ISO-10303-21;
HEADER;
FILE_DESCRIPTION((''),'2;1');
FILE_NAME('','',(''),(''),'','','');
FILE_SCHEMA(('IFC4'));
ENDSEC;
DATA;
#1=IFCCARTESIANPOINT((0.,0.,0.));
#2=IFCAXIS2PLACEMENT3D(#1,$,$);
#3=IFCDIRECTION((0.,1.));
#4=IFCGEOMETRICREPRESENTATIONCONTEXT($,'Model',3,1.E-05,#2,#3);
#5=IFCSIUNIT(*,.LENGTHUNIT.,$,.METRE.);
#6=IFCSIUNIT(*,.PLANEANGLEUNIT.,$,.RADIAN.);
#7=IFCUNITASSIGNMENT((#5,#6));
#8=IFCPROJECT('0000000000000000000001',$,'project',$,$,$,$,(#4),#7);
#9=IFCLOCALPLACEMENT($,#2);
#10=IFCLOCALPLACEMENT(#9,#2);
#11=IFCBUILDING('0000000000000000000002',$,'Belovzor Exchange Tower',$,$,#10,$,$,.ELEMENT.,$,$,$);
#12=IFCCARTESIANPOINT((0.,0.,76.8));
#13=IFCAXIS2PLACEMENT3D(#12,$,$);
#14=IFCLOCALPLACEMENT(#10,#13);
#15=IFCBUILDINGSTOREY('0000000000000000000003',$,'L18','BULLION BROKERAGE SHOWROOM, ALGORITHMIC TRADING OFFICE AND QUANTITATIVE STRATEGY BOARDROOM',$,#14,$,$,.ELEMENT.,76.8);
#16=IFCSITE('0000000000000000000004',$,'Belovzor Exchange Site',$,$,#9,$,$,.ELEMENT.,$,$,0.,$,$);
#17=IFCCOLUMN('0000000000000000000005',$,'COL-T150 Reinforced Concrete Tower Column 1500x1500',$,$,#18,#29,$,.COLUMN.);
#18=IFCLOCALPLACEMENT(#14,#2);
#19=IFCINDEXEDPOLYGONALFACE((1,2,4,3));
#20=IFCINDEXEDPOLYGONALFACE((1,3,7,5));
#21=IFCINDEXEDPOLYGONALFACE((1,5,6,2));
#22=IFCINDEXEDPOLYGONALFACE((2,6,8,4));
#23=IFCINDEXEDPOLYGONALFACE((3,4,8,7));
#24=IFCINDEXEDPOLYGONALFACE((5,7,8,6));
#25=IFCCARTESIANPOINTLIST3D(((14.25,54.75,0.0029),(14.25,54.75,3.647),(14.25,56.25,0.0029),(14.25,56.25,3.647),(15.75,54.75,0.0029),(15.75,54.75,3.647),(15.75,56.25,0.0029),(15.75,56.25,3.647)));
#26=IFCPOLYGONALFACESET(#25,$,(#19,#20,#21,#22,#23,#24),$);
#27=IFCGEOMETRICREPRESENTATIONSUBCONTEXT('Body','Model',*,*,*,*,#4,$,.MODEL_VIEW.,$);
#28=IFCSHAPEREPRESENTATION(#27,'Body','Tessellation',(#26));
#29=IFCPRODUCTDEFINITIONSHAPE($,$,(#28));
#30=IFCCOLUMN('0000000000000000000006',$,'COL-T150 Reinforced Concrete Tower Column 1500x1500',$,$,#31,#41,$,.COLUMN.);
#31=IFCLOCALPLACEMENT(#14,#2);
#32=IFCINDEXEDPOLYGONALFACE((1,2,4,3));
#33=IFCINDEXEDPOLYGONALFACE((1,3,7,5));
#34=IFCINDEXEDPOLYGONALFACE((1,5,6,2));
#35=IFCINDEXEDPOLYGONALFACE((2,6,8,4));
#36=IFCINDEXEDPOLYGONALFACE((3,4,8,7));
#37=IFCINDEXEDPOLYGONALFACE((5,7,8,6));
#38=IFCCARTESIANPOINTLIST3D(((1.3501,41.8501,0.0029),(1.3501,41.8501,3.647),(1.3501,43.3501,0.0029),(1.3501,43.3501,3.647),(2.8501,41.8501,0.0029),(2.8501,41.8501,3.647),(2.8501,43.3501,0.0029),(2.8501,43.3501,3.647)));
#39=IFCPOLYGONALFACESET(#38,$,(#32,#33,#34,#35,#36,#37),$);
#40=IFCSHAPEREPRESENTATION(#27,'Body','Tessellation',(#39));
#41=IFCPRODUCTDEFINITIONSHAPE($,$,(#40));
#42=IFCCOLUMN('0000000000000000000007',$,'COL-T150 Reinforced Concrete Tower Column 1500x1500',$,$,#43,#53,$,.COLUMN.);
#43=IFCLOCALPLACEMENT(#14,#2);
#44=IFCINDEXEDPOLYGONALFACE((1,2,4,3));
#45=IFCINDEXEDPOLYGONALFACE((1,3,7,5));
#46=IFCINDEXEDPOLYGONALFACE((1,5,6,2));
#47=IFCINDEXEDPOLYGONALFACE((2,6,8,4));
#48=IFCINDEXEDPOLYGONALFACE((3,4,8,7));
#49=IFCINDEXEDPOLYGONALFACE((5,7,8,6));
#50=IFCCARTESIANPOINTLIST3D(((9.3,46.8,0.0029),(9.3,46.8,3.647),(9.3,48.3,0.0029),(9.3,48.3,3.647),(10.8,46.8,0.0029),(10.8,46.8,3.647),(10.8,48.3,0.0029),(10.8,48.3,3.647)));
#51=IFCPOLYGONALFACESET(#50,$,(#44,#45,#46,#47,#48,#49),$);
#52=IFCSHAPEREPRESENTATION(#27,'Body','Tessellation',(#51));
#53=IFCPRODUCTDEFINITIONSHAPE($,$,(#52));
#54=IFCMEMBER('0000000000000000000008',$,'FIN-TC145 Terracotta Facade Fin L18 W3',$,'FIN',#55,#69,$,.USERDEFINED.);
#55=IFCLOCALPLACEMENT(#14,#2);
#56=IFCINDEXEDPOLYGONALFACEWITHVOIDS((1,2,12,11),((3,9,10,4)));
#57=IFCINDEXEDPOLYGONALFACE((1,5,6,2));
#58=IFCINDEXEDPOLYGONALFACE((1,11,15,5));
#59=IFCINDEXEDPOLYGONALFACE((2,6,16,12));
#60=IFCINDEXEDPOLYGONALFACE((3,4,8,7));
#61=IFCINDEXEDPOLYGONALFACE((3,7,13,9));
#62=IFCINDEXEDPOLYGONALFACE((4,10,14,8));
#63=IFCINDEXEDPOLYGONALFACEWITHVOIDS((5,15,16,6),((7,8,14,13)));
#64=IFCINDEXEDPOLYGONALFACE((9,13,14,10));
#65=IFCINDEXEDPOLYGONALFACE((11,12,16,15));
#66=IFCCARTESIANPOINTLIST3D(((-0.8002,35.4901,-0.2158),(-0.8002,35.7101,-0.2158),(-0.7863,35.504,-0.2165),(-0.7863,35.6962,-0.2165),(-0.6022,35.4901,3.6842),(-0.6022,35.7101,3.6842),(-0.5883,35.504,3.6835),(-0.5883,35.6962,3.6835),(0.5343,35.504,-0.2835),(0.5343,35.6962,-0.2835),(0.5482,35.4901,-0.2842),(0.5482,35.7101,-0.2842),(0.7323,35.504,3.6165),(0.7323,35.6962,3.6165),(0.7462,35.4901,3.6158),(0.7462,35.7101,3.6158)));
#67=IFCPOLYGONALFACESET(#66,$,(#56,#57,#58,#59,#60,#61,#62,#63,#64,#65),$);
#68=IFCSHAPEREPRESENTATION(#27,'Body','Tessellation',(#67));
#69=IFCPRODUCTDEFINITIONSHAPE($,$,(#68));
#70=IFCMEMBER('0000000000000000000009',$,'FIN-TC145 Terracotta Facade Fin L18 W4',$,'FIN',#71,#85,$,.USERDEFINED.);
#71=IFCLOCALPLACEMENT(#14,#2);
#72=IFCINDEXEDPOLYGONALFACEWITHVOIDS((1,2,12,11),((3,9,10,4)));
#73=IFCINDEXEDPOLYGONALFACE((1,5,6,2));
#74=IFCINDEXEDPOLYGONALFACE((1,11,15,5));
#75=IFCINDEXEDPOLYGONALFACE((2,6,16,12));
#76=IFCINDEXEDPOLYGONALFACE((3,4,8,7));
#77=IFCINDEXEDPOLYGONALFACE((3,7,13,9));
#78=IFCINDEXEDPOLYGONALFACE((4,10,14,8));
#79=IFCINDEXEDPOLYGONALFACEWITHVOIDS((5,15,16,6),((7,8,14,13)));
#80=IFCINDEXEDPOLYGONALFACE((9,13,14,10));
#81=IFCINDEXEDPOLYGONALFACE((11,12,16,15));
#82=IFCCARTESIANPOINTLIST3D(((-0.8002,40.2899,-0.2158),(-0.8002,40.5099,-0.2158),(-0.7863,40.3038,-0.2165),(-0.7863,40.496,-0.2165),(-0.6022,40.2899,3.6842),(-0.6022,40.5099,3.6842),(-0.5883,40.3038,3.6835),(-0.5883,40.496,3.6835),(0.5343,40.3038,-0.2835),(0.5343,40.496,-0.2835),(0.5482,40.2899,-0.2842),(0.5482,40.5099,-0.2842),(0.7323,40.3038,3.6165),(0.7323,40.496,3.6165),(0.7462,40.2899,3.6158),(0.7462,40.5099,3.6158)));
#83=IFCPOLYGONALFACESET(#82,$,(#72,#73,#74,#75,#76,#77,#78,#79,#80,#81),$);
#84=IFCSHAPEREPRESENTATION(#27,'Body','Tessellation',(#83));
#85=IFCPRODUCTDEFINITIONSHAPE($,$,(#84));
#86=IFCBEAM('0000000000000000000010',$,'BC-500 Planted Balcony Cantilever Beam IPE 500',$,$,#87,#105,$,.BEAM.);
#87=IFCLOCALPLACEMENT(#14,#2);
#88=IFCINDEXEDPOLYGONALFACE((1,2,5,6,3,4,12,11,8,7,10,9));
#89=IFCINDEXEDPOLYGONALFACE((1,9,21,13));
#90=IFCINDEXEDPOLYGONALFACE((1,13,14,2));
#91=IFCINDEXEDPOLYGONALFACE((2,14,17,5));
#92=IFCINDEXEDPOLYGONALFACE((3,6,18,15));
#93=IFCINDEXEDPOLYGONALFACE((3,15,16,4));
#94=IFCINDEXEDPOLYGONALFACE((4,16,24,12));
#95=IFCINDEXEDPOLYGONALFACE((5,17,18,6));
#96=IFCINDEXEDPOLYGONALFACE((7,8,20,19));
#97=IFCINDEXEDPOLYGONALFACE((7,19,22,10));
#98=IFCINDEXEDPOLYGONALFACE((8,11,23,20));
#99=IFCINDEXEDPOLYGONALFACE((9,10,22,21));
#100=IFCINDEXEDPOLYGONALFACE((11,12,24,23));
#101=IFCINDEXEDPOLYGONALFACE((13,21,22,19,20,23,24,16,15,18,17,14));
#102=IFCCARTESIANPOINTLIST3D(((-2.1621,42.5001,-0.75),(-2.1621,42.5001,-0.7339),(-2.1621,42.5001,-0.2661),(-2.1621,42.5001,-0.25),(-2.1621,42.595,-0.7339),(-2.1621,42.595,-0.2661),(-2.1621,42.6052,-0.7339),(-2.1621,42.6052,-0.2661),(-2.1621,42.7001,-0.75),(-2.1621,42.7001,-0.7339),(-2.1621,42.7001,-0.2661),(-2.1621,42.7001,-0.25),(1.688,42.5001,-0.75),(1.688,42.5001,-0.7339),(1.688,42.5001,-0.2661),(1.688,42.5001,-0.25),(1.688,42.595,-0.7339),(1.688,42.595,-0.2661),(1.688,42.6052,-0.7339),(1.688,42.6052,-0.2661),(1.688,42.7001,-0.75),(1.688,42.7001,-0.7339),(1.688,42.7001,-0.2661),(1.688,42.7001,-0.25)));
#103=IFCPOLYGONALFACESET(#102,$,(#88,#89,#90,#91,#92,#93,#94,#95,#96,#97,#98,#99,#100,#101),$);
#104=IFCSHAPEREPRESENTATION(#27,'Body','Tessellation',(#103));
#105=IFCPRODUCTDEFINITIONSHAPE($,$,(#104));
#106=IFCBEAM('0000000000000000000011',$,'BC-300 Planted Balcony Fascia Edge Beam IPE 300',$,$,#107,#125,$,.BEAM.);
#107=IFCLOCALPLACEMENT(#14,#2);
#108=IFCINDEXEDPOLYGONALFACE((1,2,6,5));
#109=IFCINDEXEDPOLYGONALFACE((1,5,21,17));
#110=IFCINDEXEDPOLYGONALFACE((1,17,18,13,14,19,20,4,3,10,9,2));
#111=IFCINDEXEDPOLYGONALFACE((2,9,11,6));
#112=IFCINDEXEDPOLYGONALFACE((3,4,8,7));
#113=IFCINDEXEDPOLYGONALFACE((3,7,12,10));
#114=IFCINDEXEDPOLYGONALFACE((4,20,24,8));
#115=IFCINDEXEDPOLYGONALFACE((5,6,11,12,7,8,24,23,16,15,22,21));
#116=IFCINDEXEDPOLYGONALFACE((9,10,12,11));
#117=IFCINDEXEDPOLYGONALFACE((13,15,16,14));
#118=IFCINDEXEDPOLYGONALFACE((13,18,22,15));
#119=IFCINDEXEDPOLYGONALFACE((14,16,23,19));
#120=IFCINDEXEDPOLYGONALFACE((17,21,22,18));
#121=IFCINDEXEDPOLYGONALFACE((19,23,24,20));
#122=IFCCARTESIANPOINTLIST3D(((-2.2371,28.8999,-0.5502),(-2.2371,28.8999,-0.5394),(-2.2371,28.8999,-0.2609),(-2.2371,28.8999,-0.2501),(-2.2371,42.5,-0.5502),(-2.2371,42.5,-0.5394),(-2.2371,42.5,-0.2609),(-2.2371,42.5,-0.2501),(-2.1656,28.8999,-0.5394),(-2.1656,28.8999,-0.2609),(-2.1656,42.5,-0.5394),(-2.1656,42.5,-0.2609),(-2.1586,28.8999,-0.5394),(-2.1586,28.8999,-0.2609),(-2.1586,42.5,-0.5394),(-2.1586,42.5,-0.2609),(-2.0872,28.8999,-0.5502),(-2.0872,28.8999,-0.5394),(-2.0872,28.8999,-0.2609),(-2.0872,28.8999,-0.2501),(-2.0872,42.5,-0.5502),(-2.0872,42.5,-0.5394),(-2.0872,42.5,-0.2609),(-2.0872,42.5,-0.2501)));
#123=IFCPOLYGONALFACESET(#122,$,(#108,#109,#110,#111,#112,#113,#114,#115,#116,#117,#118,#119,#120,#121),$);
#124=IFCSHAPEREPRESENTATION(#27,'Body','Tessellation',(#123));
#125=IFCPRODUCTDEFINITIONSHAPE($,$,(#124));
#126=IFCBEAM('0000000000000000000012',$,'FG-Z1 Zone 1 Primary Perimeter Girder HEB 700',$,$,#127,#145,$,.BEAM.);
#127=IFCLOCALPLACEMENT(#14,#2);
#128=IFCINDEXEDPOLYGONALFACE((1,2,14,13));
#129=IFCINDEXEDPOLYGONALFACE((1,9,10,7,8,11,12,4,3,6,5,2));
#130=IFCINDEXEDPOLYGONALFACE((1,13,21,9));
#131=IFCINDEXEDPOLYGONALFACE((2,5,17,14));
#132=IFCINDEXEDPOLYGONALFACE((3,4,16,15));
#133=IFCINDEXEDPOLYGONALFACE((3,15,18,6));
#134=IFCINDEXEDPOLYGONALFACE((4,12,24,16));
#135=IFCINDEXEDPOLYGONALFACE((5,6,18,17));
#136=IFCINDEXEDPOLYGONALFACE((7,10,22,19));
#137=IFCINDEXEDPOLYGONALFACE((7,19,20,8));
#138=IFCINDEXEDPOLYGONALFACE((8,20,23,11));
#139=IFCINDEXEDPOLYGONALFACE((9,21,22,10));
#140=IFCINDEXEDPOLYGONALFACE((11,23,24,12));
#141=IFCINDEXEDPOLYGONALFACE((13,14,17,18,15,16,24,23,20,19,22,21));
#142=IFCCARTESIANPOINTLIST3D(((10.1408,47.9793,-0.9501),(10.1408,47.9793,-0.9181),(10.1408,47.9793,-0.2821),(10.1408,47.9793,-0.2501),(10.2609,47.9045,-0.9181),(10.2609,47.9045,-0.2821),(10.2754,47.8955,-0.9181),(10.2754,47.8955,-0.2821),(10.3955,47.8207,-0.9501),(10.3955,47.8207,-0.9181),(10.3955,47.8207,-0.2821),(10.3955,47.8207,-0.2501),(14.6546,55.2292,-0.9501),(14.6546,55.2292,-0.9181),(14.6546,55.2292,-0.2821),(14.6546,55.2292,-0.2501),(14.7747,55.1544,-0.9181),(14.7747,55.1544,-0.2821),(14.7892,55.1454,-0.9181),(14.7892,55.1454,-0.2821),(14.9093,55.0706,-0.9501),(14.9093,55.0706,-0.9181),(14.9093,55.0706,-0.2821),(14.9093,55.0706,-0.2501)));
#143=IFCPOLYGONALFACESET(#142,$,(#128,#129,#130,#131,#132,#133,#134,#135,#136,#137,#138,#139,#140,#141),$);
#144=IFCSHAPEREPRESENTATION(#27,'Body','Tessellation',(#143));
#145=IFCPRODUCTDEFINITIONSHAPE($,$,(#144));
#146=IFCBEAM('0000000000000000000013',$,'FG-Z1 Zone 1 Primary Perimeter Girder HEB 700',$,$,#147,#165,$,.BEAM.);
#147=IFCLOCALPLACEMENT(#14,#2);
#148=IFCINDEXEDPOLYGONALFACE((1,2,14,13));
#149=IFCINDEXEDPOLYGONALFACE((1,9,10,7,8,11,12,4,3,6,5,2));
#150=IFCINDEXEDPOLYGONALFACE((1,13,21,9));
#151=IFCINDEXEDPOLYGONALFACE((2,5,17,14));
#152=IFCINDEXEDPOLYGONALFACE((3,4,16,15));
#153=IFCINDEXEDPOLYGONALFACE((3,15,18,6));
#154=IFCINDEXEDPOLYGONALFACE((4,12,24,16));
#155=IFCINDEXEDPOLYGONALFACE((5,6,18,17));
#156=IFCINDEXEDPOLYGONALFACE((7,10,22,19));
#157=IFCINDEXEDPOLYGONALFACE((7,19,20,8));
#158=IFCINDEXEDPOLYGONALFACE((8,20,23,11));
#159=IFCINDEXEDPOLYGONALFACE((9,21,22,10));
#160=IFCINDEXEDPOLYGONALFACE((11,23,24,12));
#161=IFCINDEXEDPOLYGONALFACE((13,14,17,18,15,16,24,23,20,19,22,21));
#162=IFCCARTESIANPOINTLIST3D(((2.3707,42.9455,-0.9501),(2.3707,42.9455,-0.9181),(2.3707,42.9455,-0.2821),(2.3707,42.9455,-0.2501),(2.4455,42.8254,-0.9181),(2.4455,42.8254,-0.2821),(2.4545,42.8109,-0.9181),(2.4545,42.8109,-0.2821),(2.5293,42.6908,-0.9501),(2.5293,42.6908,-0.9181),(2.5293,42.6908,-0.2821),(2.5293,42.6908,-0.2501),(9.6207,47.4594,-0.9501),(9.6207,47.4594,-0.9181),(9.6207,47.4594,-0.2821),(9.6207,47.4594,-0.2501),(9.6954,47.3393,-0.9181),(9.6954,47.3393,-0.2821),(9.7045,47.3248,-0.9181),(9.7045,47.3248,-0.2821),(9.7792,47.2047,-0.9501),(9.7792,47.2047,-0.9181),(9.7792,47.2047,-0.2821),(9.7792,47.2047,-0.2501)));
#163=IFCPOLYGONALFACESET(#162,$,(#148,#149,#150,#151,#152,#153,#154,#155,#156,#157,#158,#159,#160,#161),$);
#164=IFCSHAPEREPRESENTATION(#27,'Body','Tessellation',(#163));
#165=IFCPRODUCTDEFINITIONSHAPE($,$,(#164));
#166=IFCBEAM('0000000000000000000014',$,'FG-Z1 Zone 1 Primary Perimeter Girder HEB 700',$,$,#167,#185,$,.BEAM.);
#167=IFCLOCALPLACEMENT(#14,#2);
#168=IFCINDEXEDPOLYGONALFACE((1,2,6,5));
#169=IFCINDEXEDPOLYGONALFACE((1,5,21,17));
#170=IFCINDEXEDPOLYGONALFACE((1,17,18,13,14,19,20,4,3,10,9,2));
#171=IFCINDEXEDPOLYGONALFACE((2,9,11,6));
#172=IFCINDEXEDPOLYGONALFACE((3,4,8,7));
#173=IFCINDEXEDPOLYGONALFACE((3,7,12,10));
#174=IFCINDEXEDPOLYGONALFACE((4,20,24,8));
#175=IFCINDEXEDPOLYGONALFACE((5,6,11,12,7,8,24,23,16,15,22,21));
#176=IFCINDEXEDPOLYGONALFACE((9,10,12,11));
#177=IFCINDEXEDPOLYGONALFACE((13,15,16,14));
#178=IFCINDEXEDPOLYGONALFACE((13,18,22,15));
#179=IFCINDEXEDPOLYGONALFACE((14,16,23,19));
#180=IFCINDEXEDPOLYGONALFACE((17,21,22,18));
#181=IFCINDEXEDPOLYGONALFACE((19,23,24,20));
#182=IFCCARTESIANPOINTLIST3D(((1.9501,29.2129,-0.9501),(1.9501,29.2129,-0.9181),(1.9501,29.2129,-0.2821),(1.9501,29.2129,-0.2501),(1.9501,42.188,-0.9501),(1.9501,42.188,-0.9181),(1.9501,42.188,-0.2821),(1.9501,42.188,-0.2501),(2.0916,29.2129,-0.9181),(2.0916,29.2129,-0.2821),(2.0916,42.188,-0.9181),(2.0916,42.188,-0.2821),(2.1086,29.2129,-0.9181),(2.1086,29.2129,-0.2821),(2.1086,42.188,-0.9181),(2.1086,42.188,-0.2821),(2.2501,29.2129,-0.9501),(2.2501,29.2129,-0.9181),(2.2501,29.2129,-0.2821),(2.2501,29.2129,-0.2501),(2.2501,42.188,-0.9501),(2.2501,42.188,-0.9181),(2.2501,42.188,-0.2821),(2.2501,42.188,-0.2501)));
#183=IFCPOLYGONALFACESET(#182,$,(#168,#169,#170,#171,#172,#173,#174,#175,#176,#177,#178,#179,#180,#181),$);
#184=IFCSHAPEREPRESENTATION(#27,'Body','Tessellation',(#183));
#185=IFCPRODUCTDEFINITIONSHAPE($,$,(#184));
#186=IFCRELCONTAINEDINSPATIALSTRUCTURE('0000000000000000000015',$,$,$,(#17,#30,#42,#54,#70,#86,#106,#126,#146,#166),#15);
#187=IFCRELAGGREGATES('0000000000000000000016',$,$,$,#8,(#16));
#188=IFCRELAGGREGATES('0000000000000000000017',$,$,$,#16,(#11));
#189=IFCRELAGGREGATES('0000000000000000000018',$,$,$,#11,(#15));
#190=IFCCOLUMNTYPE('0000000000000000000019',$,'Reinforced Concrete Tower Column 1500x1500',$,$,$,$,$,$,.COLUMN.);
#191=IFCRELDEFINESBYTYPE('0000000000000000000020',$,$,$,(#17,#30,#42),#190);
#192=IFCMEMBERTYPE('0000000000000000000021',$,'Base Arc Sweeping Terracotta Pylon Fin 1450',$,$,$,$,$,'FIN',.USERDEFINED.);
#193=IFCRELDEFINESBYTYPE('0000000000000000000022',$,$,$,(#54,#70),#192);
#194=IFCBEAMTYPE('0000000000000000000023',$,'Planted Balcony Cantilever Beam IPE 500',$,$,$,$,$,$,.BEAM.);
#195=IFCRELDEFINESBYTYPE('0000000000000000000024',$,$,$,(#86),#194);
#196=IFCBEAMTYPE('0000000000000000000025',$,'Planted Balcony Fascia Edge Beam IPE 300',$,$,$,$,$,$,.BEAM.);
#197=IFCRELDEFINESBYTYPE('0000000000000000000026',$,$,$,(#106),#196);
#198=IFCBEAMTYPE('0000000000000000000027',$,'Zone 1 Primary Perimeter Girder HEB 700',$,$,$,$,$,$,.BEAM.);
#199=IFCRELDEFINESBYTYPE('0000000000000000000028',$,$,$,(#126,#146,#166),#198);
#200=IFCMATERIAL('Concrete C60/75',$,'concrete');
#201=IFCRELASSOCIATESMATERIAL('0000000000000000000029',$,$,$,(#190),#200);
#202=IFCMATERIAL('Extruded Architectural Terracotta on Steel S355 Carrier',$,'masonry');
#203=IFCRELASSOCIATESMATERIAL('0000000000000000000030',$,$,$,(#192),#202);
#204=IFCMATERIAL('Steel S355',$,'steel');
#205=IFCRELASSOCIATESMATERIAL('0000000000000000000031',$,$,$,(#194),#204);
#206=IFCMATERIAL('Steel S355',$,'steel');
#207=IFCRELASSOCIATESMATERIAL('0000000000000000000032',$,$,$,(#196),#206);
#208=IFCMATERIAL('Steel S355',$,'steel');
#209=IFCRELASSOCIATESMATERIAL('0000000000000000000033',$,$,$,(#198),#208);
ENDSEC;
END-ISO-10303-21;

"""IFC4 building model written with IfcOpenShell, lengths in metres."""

from ifc_helpers import new_model, si_unit, direction, frame, origin, origin_2d, place, context, subcontext, project, spatial, rectangle, hollow_rectangle, i_section, extrude, material, material_profile, profile_set, type_object, element, save


model = new_model("IFC4")

# Units and contexts
model_context = context("Model", 3, precision=1e-05, world=origin(), true_north=direction((0.0, 1.0)))
body_context = subcontext(model_context, "Body", "Model", "MODEL_VIEW")
ifc_project = project(units=[si_unit("LENGTHUNIT", "METRE"), si_unit("PLANEANGLEUNIT", "RADIAN")], contexts=[model_context])

# Site, building, storey
site_placement = place(None, origin())
site = spatial("IfcSite", under=ifc_project, at=site_placement, Name="Belovzor Exchange Site", CompositionType="ELEMENT", RefElevation=0.0)
building_placement = place(site_placement, origin())
building = spatial("IfcBuilding", under=site, at=building_placement, Name="Belovzor Exchange Tower", CompositionType="ELEMENT")
storey_placement = place(building_placement, frame((0.0, 0.0, 76.8)))
storey = spatial("IfcBuildingStorey", under=building, at=storey_placement, Name="L18", Description="BULLION BROKERAGE SHOWROOM, ALGORITHMIC TRADING OFFICE AND QUANTITATIVE STRATEGY BOARDROOM", CompositionType="ELEMENT", Elevation=76.8)

# Columns
ifc_material_1 = material(Name="Concrete C60/75", Category="concrete")
ifc_material_profile_1 = material_profile(ifc_material_1, rectangle(XDim=1.5, YDim=1.5, at=origin_2d()))
ifc_profile_set_1 = profile_set([ifc_material_profile_1], Name="Concrete C60/75")
column_type = type_object("IfcColumnType", Name="Reinforced Concrete Tower Column 1500x1500", PredefinedType="COLUMN", material=ifc_profile_set_1)
for number, where, z_axis, x_axis, name in (
    (1, (15.0, 55.5, 0.0029), (0.0, 0.0, 1.0), (1.0, 0.0, 0.0), "COL-T150 Reinforced Concrete Tower Column 1500x1500"),
    (2, (2.1001, 42.6001, 0.0029), (0.0, 0.0, 1.0), (1.0, 0.0, 0.0), "COL-T150 Reinforced Concrete Tower Column 1500x1500"),
    (3, (10.05, 47.55, 0.0029), (0.0, 0.0, 1.0), (1.0, 0.0, 0.0), "COL-T150 Reinforced Concrete Tower Column 1500x1500"),
):
    element("IfcColumn", number, at=place(storey_placement, frame(where, z_axis=z_axis, x_axis=x_axis)), inside=storey, type_object=column_type, Name=name, PredefinedType="COLUMN", context=body_context, shape_type="SweptSolid", body=[
        extrude(rectangle(XDim=1.5, YDim=1.5, at=origin_2d()), origin(), (0.0, 0.0, 1.0), 3.644),
    ])

# Members
ifc_material_2 = material(Name="Extruded Architectural Terracotta on Steel S355 Carrier", Category="masonry")
ifc_material_profile_2 = material_profile(ifc_material_2, hollow_rectangle(XDim=0.22, YDim=1.3501, WallThickness=0.0139, at=origin_2d()))
ifc_profile_set_2 = profile_set([ifc_material_profile_2], Name="Extruded Architectural Terracotta on Steel S355 Carrier")
member_type = type_object("IfcMemberType", Name="Base Arc Sweeping Terracotta Pylon Fin 1450", ElementType="FIN", PredefinedType="USERDEFINED", material=ifc_profile_set_2)
for number, where, z_axis, x_axis, name in (
    (4, (-0.126, 35.6001, -0.25), (0.050705, 0.0, 0.998714), (0.0, 1.0, 0.0), "FIN-TC145 Terracotta Facade Fin L18 W3"),
    (5, (-0.126, 40.3999, -0.25), (0.050705, 0.0, 0.998714), (0.0, 1.0, 0.0), "FIN-TC145 Terracotta Facade Fin L18 W4"),
):
    element("IfcMember", number, at=place(storey_placement, frame(where, z_axis=z_axis, x_axis=x_axis)), inside=storey, type_object=member_type, Name=name, ObjectType="FIN", PredefinedType="USERDEFINED", context=body_context, shape_type="SweptSolid", body=[
        extrude(hollow_rectangle(XDim=0.22, YDim=1.3501, WallThickness=0.0139, at=origin_2d()), origin(), (0.0, 0.0, 1.0), 3.905),
    ])

# Beams
ifc_material_3 = material(Name="Steel S355", Category="steel")
ifc_material_profile_3 = material_profile(ifc_material_3, i_section(OverallWidth=0.2, OverallDepth=0.5, WebThickness=0.0103, FlangeThickness=0.0161, at=origin_2d()))
ifc_profile_set_3 = profile_set([ifc_material_profile_3], Name="Steel S355")
beam_type_1 = type_object("IfcBeamType", Name="Planted Balcony Cantilever Beam IPE 500", PredefinedType="BEAM", material=ifc_profile_set_3)
beam_1_placement = place(storey_placement, frame((1.688, 42.6001, -0.5), z_axis=(-1.0, 0.0, 0.0), x_axis=(0.0, -1.0, 0.0)))
element("IfcBeam", 6, at=beam_1_placement, inside=storey, type_object=beam_type_1, Name="BC-500 Planted Balcony Cantilever Beam IPE 500", PredefinedType="BEAM", context=body_context, shape_type="SweptSolid", body=[
    extrude(i_section(OverallWidth=0.2, OverallDepth=0.5, WebThickness=0.0103, FlangeThickness=0.0161, at=origin_2d()), origin(), (0.0, 0.0, 1.0), 3.8501),
])
ifc_material_4 = material(Name="Steel S355", Category="steel")
ifc_material_profile_4 = material_profile(ifc_material_4, i_section(OverallWidth=0.1499, OverallDepth=0.3, WebThickness=0.0071, FlangeThickness=0.0107, at=origin_2d()))
ifc_profile_set_4 = profile_set([ifc_material_profile_4], Name="Steel S355")
beam_type_2 = type_object("IfcBeamType", Name="Planted Balcony Fascia Edge Beam IPE 300", PredefinedType="BEAM", material=ifc_profile_set_4)
beam_2_placement = place(storey_placement, frame((-2.1621, 42.5, -0.4001), z_axis=(0.0, -1.0, 0.0), x_axis=(1.0, 0.0, 0.0)))
element("IfcBeam", 7, at=beam_2_placement, inside=storey, type_object=beam_type_2, Name="BC-300 Planted Balcony Fascia Edge Beam IPE 300", PredefinedType="BEAM", context=body_context, shape_type="SweptSolid", body=[
    extrude(i_section(OverallWidth=0.1499, OverallDepth=0.3, WebThickness=0.0071, FlangeThickness=0.0107, at=origin_2d()), origin(), (0.0, 0.0, 1.0), 13.6001),
])
ifc_material_5 = material(Name="Steel S355", Category="steel")
ifc_material_profile_5 = material_profile(ifc_material_5, i_section(OverallWidth=0.3, OverallDepth=0.7, WebThickness=0.0171, FlangeThickness=0.032, at=origin_2d()))
ifc_profile_set_5 = profile_set([ifc_material_profile_5], Name="Steel S355")
beam_type_3 = type_object("IfcBeamType", Name="Zone 1 Primary Perimeter Girder HEB 700", PredefinedType="BEAM", material=ifc_profile_set_5)
for number, where, z_axis, x_axis, name in (
    (8, (14.782, 55.1499, -0.6001), (-0.528539, -0.848909, 0.0), (0.848909, -0.528539, 0.0), "FG-Z1 Zone 1 Primary Perimeter Girder HEB 700"),
    (9, (9.7, 47.332, -0.6001), (-0.848909, -0.528539, 0.0), (0.528539, -0.848909, 0.0), "FG-Z1 Zone 1 Primary Perimeter Girder HEB 700"),
):
    element("IfcBeam", number, at=place(storey_placement, frame(where, z_axis=z_axis, x_axis=x_axis)), inside=storey, type_object=beam_type_3, Name=name, PredefinedType="BEAM", context=body_context, shape_type="SweptSolid", body=[
        extrude(i_section(OverallWidth=0.3, OverallDepth=0.7, WebThickness=0.0171, FlangeThickness=0.032, at=origin_2d()), origin(), (0.0, 0.0, 1.0), 8.5403),
    ])
beam_3_placement = place(storey_placement, frame((2.1001, 42.188, -0.6001), z_axis=(0.0, -1.0, 0.0), x_axis=(1.0, 0.0, 0.0)))
element("IfcBeam", 10, at=beam_3_placement, inside=storey, type_object=beam_type_3, Name="FG-Z1 Zone 1 Primary Perimeter Girder HEB 700", PredefinedType="BEAM", context=body_context, shape_type="SweptSolid", body=[
    extrude(i_section(OverallWidth=0.3, OverallDepth=0.7, WebThickness=0.0171, FlangeThickness=0.032, at=origin_2d()), origin(), (0.0, 0.0, 1.0), 12.9751),
])

save(model, "model.ifc")
